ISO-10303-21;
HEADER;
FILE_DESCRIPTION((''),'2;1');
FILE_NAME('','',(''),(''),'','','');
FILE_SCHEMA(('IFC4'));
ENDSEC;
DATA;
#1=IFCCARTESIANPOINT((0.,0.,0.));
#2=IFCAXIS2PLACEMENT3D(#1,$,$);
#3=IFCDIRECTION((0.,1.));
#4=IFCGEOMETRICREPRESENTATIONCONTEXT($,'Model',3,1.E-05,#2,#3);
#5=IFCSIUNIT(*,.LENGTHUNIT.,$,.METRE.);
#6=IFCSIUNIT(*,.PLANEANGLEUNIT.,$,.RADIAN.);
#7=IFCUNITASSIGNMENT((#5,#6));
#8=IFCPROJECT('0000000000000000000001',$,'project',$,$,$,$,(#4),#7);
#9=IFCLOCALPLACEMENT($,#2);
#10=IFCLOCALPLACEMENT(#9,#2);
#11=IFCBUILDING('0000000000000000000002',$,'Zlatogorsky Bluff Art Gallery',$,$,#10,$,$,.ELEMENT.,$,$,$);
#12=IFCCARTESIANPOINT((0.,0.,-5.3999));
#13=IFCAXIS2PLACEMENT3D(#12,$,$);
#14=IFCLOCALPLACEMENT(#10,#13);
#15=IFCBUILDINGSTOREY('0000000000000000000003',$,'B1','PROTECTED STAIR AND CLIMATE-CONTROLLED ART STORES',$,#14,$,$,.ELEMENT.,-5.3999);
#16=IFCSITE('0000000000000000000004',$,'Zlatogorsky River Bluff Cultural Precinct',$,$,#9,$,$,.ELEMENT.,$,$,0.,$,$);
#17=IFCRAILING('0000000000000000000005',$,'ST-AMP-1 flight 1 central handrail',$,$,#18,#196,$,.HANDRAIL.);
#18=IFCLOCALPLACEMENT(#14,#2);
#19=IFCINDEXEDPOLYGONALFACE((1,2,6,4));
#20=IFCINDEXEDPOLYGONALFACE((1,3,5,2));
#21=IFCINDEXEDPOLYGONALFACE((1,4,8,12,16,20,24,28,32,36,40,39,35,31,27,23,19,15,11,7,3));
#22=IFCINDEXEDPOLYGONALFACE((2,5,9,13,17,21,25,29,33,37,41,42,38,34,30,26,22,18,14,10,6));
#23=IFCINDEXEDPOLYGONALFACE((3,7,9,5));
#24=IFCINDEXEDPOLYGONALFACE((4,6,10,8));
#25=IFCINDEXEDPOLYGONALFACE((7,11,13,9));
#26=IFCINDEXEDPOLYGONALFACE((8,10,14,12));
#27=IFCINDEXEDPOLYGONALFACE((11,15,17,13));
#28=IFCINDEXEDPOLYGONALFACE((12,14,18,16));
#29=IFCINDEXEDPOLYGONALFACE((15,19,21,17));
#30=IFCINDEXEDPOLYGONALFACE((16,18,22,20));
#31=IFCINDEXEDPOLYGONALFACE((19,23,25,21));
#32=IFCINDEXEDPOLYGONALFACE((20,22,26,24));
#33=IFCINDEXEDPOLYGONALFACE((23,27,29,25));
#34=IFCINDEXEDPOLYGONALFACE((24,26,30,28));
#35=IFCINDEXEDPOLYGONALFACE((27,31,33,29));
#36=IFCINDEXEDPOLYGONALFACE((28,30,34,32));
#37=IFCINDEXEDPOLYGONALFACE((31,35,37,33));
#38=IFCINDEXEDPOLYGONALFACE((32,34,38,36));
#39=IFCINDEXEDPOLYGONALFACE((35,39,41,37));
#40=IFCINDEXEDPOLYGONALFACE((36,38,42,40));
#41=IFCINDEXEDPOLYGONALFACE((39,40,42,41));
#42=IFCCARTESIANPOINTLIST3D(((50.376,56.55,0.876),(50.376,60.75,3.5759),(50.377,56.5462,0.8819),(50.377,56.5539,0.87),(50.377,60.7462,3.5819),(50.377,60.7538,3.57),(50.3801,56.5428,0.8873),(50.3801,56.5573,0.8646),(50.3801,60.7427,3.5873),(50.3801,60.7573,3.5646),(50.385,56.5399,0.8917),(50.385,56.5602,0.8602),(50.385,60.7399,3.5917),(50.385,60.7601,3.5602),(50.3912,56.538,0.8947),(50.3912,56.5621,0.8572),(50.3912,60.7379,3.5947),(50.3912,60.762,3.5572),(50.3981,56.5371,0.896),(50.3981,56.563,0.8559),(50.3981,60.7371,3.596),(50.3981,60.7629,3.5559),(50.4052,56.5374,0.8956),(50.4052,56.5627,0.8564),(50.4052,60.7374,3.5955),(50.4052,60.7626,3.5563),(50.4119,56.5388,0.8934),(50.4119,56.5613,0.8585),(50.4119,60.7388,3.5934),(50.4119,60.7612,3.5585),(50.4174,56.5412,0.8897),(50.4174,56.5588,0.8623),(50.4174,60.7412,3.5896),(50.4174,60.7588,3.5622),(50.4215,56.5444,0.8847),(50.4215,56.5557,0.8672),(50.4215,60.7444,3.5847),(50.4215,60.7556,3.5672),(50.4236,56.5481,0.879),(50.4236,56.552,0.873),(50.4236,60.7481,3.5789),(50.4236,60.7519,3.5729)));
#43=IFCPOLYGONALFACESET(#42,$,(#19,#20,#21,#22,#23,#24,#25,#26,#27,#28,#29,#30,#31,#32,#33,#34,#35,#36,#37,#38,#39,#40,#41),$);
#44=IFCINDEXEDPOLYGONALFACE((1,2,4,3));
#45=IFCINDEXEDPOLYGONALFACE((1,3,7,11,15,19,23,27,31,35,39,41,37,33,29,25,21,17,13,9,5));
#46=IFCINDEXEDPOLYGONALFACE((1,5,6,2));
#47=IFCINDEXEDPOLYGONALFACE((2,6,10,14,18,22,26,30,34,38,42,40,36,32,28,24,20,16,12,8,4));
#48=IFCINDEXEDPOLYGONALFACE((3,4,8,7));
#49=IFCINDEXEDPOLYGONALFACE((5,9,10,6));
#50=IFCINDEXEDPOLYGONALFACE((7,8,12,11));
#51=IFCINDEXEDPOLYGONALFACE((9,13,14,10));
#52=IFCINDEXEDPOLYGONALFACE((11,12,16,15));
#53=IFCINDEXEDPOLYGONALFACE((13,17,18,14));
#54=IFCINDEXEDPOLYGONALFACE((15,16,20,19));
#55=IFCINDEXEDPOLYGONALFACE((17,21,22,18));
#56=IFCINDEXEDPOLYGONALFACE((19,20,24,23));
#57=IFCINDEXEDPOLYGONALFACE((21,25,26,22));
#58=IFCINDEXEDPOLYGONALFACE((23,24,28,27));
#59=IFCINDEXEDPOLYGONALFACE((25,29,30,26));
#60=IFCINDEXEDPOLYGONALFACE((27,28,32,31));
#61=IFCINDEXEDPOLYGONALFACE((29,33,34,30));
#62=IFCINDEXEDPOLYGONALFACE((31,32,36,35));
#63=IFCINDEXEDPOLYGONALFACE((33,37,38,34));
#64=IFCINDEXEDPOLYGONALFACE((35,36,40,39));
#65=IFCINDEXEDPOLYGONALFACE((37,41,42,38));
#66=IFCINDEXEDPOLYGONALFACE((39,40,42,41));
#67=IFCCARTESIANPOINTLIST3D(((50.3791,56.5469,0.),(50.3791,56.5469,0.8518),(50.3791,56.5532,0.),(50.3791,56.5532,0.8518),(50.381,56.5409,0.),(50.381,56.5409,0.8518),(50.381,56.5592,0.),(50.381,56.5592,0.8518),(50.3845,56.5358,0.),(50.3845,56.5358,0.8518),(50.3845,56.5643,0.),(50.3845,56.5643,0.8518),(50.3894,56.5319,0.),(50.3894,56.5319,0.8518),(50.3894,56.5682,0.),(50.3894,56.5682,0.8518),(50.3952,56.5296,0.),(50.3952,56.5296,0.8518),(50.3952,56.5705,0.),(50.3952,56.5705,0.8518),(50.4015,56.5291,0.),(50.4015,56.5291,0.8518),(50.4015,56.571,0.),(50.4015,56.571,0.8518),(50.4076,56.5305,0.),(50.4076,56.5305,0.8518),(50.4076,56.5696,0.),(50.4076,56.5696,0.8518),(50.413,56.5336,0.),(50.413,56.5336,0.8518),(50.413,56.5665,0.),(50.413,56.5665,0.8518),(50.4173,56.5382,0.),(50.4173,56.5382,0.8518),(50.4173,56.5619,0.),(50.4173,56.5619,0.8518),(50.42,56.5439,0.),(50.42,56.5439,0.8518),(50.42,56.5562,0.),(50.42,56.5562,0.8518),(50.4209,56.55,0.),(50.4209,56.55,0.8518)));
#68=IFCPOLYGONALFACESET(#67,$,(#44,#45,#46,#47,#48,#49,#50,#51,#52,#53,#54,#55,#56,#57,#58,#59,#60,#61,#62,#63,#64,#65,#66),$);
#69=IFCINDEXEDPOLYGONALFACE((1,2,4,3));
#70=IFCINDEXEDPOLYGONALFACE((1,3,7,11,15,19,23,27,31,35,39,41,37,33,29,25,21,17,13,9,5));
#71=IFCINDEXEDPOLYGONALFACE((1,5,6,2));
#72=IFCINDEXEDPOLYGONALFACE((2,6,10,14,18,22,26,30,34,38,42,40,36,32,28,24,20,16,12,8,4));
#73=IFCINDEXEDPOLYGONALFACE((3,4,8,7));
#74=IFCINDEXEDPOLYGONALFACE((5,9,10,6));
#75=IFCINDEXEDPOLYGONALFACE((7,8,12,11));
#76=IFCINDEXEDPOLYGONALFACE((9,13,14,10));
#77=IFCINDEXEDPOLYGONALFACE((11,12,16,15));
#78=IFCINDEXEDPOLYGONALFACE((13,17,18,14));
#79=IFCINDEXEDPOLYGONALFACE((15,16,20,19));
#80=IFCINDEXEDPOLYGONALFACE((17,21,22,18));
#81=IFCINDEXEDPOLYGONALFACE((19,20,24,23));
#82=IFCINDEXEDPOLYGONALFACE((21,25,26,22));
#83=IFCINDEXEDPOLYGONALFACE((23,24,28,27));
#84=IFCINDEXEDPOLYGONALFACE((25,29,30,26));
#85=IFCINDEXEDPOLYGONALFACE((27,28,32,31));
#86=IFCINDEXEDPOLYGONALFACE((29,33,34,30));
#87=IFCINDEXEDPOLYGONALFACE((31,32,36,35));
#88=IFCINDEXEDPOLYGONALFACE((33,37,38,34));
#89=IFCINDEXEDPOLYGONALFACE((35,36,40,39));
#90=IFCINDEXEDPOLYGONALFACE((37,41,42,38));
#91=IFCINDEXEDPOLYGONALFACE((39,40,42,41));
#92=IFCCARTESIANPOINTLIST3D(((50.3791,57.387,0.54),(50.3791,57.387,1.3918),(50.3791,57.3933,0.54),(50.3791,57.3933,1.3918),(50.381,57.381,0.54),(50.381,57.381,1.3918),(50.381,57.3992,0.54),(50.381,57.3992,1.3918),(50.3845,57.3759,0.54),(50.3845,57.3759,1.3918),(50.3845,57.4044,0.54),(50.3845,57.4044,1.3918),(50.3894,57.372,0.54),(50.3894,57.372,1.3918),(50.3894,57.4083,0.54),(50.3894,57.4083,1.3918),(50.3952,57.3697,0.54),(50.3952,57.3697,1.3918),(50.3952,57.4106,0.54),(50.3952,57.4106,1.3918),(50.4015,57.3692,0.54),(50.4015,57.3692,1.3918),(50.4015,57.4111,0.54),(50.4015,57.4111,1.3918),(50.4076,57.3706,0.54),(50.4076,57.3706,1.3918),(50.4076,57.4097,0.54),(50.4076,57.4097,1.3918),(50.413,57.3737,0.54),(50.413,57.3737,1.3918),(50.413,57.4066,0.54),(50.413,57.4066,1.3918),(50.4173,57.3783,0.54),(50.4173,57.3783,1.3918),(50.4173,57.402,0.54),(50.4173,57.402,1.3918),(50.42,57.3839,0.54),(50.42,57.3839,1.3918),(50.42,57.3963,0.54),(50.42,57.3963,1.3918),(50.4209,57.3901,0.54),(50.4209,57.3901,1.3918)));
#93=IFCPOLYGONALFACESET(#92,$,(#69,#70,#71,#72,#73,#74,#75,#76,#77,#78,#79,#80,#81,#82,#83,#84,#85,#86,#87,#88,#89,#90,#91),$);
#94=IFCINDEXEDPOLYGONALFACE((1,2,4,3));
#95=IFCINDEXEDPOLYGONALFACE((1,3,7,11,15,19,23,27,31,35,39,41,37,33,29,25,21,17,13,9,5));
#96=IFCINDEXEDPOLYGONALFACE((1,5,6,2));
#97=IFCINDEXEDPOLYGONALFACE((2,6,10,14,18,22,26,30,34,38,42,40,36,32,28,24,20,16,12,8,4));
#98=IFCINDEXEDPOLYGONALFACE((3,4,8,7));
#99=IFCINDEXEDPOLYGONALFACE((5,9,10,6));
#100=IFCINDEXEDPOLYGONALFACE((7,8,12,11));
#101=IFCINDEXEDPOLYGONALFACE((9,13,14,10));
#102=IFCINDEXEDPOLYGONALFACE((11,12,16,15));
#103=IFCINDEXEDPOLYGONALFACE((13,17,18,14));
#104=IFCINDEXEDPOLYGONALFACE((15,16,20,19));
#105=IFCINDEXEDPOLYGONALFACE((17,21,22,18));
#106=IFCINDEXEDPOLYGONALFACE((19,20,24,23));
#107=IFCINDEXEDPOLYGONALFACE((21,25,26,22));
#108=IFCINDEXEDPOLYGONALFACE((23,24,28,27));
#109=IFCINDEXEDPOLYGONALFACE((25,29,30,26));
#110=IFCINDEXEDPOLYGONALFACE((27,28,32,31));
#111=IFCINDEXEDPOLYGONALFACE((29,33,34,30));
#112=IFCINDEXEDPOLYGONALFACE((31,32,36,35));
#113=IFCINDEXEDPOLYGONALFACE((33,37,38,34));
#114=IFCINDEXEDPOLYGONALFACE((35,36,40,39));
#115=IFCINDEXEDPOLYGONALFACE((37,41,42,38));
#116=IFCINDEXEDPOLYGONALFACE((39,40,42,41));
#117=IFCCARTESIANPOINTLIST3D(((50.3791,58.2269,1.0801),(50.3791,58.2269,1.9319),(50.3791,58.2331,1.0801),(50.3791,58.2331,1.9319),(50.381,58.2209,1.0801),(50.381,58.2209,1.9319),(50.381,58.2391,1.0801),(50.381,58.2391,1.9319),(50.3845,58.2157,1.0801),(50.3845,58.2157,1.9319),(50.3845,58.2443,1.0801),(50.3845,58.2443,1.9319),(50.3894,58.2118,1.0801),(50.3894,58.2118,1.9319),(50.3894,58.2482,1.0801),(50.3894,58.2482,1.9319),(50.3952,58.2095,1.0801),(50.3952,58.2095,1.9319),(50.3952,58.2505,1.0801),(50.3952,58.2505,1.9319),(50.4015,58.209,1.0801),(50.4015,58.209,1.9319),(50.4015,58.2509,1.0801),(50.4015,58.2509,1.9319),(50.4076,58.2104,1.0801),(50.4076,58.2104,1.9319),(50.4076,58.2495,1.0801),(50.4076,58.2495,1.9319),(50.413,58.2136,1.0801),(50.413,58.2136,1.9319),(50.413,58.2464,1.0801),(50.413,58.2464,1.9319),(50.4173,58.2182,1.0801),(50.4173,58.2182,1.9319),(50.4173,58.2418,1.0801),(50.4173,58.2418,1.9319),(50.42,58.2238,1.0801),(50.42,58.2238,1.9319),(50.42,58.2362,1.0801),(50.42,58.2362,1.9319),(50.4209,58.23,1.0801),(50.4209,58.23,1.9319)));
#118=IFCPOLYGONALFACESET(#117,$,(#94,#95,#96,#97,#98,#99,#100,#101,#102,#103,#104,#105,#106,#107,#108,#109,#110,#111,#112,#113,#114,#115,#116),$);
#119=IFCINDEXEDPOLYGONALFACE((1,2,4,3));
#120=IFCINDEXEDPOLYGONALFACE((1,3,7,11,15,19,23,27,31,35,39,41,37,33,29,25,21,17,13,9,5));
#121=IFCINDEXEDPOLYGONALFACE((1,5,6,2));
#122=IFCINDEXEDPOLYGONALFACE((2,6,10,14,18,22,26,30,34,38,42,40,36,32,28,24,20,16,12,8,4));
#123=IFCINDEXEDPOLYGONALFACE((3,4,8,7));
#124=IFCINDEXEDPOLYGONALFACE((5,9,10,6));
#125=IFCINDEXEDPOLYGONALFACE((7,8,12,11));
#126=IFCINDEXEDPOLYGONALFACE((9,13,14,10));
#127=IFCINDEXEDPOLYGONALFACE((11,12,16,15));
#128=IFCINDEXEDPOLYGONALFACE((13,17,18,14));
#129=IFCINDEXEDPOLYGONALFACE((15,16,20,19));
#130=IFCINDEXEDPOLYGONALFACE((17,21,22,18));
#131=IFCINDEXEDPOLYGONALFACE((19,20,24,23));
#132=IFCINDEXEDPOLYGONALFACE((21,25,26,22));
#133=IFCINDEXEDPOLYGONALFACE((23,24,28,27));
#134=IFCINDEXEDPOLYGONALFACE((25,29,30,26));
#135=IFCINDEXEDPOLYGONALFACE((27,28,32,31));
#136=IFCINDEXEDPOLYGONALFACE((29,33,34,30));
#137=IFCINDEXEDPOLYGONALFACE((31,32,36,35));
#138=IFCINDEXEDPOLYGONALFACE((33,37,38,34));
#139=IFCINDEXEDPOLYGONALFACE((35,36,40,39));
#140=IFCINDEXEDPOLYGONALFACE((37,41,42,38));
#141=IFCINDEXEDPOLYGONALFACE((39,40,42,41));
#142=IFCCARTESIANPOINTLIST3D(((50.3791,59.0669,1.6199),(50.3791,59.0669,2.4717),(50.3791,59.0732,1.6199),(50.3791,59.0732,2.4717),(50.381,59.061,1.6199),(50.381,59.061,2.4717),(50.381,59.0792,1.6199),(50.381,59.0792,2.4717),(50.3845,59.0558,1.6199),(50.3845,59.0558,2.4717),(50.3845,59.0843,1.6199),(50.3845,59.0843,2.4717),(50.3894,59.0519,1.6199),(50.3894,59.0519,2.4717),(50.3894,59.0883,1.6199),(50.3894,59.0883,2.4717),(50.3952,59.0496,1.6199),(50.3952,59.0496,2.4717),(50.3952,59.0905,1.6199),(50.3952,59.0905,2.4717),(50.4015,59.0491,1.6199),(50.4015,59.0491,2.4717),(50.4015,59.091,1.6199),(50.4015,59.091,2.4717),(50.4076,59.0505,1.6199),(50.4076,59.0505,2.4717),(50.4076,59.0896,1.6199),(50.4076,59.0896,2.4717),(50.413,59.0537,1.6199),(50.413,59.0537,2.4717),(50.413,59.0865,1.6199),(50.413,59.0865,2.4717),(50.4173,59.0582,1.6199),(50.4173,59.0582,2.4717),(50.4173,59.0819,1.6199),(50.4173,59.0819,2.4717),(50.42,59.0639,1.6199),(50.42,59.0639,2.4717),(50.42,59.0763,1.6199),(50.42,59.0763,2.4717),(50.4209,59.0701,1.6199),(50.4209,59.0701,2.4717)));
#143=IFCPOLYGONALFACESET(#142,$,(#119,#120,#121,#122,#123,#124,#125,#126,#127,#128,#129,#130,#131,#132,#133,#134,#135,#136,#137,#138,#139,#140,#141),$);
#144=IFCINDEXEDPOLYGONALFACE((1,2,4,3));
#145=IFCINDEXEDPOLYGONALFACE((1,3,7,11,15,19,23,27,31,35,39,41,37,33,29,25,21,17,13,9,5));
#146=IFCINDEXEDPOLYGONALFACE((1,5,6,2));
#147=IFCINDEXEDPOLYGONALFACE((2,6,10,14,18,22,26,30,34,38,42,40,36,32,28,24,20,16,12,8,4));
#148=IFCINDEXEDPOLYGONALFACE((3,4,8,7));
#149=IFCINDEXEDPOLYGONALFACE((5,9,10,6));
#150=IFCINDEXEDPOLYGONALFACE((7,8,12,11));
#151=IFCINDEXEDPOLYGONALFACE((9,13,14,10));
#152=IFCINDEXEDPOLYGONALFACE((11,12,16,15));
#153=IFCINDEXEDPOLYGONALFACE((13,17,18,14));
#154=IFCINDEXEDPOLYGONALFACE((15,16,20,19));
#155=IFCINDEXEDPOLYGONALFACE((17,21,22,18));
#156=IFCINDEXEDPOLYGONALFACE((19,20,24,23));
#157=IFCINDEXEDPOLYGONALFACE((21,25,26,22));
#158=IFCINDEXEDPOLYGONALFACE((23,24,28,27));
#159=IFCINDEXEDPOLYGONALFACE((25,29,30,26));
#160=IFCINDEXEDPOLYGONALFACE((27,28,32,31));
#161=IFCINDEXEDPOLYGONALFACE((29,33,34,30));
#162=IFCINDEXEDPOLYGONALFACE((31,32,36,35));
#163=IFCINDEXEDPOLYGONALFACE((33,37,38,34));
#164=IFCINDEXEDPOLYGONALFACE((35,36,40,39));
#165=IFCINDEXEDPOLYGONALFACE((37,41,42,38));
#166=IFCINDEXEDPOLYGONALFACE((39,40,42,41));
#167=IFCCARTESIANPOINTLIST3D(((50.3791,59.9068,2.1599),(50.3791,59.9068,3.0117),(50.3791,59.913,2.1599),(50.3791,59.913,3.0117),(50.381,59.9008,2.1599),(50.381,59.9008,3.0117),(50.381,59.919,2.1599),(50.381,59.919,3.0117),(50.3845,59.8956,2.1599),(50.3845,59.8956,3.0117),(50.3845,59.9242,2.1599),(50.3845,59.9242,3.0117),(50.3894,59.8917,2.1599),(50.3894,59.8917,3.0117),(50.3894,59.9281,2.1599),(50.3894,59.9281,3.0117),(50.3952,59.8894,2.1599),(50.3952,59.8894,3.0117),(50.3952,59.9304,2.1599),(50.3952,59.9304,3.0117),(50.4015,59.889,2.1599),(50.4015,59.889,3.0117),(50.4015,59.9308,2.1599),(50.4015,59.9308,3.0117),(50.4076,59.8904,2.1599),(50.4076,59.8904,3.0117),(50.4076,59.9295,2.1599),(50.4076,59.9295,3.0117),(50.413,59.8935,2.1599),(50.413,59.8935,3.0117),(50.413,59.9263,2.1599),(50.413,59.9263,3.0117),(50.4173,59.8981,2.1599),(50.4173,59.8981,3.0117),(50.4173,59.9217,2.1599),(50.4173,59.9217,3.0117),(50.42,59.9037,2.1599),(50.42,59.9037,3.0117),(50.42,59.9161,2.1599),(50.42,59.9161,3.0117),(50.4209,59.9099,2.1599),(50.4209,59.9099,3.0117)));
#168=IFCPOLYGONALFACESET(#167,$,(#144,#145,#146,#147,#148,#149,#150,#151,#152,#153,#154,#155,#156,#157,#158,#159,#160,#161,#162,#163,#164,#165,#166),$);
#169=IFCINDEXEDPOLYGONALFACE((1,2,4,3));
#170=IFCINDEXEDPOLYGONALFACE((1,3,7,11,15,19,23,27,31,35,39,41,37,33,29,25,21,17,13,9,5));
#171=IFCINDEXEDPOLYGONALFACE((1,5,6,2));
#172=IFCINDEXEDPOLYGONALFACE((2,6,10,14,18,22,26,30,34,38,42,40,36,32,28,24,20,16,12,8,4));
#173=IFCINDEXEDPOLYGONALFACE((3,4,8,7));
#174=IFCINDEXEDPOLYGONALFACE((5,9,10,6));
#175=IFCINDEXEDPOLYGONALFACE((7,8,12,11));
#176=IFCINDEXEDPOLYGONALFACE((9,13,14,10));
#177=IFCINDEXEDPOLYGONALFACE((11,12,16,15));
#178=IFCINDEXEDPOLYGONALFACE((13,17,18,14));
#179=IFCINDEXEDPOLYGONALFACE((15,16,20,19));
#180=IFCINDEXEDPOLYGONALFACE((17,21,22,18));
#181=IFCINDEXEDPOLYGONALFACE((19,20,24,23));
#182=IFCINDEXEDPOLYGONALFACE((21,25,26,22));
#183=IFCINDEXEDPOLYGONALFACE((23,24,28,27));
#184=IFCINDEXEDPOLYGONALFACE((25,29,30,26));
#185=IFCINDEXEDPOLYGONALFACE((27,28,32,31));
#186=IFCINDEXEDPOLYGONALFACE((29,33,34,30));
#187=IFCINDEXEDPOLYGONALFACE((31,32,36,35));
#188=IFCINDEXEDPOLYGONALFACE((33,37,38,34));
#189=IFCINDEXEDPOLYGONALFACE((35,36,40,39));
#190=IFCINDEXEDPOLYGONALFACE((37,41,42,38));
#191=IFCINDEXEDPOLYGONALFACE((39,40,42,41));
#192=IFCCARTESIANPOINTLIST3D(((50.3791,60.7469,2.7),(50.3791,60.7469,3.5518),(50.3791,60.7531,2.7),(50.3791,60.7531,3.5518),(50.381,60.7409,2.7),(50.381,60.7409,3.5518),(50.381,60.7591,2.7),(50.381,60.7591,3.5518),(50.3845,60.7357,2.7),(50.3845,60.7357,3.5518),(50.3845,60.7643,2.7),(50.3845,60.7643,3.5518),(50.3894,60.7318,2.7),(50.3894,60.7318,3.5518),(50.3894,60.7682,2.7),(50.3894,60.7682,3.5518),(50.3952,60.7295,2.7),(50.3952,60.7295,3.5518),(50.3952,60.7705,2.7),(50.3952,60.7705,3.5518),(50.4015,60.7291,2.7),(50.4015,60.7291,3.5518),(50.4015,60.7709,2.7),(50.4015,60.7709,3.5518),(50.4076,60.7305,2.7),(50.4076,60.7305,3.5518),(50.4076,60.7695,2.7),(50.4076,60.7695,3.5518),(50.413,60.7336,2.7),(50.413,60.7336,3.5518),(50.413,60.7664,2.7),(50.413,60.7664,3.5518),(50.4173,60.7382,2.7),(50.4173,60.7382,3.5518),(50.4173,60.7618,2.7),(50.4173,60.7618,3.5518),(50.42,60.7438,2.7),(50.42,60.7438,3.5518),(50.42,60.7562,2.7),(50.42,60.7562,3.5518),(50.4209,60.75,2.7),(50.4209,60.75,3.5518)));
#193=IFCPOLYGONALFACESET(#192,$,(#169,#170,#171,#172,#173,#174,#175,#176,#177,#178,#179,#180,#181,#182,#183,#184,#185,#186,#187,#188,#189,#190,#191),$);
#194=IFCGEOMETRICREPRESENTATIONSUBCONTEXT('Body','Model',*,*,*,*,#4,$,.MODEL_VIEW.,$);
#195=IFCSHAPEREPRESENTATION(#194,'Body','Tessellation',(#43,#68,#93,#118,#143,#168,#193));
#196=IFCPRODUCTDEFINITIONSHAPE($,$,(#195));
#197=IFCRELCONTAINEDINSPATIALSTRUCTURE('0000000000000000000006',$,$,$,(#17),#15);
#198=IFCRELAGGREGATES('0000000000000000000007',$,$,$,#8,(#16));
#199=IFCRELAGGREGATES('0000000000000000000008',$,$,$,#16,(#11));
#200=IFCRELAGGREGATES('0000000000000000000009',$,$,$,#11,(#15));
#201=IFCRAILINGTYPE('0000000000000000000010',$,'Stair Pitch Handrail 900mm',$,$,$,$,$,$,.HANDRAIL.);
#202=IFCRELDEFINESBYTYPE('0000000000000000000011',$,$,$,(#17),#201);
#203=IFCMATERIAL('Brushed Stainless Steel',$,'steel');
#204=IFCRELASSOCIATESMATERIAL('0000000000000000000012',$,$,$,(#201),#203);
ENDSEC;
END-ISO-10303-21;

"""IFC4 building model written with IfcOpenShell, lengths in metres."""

from ifc_helpers import new_model, si_unit, direction, frame, origin, origin_2d, place, context, subcontext, project, spatial, circle, extrude, material, type_object, element, save


model = new_model("IFC4")

# Units and contexts
model_context = context("Model", 3, precision=1e-05, world=origin(), true_north=direction((0.0, 1.0)))
body_context = subcontext(model_context, "Body", "Model", "MODEL_VIEW")
ifc_project = project(units=[si_unit("LENGTHUNIT", "METRE"), si_unit("PLANEANGLEUNIT", "RADIAN")], contexts=[model_context])

# Site, building, storey
site_placement = place(None, origin())
site = spatial("IfcSite", under=ifc_project, at=site_placement, Name="Zlatogorsky River Bluff Cultural Precinct", CompositionType="ELEMENT", RefElevation=0.0)
building_placement = place(site_placement, origin())
building = spatial("IfcBuilding", under=site, at=building_placement, Name="Zlatogorsky Bluff Art Gallery", CompositionType="ELEMENT")
storey_placement = place(building_placement, frame((0.0, 0.0, -5.3999)))
storey = spatial("IfcBuildingStorey", under=building, at=storey_placement, Name="B1", Description="PROTECTED STAIR AND CLIMATE-CONTROLLED ART STORES", CompositionType="ELEMENT", Elevation=-5.3999)

# Railing
ifc_material_1 = material(Name="Brushed Stainless Steel", Category="steel")
railing_type_1 = type_object("IfcRailingType", Name="Stair Pitch Handrail 900mm", PredefinedType="HANDRAIL", material=ifc_material_1)
railing_1_placement = place(storey_placement, frame((50.3999, 56.55, 0.0)))
element("IfcRailing", 1, at=railing_1_placement, inside=storey, type_object=railing_type_1, Name="ST-AMP-1 flight 1 central handrail", PredefinedType="HANDRAIL", context=body_context, shape_type="SweptSolid", body=[
    extrude(circle(Radius=0.0239, at=origin_2d()), frame((0.0, 0.0, 0.876), z_axis=(0.0, 0.84118, 0.540755), x_axis=(-1.0, 0.0, 0.0)), (0.0, 0.0, 1.0), 4.9929),
    extrude(circle(Radius=0.021, at=origin_2d()), origin(), (0.0, 0.0, 1.0), 0.8518),
    extrude(circle(Radius=0.021, at=origin_2d()), frame((0.0, 0.8401, 0.54)), (0.0, 0.0, 1.0), 0.8518),
    extrude(circle(Radius=0.021, at=origin_2d()), frame((0.0, 1.6799, 1.0801)), (0.0, 0.0, 1.0), 0.8518),
    extrude(circle(Radius=0.021, at=origin_2d()), frame((0.0, 2.52, 1.6199)), (0.0, 0.0, 1.0), 0.8518),
    extrude(circle(Radius=0.021, at=origin_2d()), frame((0.0, 3.3599, 2.1599)), (0.0, 0.0, 1.0), 0.8518),
    extrude(circle(Radius=0.021, at=origin_2d()), frame((0.0, 4.2, 2.7)), (0.0, 0.0, 1.0), 0.8518),
])

save(model, "model.ifc")
